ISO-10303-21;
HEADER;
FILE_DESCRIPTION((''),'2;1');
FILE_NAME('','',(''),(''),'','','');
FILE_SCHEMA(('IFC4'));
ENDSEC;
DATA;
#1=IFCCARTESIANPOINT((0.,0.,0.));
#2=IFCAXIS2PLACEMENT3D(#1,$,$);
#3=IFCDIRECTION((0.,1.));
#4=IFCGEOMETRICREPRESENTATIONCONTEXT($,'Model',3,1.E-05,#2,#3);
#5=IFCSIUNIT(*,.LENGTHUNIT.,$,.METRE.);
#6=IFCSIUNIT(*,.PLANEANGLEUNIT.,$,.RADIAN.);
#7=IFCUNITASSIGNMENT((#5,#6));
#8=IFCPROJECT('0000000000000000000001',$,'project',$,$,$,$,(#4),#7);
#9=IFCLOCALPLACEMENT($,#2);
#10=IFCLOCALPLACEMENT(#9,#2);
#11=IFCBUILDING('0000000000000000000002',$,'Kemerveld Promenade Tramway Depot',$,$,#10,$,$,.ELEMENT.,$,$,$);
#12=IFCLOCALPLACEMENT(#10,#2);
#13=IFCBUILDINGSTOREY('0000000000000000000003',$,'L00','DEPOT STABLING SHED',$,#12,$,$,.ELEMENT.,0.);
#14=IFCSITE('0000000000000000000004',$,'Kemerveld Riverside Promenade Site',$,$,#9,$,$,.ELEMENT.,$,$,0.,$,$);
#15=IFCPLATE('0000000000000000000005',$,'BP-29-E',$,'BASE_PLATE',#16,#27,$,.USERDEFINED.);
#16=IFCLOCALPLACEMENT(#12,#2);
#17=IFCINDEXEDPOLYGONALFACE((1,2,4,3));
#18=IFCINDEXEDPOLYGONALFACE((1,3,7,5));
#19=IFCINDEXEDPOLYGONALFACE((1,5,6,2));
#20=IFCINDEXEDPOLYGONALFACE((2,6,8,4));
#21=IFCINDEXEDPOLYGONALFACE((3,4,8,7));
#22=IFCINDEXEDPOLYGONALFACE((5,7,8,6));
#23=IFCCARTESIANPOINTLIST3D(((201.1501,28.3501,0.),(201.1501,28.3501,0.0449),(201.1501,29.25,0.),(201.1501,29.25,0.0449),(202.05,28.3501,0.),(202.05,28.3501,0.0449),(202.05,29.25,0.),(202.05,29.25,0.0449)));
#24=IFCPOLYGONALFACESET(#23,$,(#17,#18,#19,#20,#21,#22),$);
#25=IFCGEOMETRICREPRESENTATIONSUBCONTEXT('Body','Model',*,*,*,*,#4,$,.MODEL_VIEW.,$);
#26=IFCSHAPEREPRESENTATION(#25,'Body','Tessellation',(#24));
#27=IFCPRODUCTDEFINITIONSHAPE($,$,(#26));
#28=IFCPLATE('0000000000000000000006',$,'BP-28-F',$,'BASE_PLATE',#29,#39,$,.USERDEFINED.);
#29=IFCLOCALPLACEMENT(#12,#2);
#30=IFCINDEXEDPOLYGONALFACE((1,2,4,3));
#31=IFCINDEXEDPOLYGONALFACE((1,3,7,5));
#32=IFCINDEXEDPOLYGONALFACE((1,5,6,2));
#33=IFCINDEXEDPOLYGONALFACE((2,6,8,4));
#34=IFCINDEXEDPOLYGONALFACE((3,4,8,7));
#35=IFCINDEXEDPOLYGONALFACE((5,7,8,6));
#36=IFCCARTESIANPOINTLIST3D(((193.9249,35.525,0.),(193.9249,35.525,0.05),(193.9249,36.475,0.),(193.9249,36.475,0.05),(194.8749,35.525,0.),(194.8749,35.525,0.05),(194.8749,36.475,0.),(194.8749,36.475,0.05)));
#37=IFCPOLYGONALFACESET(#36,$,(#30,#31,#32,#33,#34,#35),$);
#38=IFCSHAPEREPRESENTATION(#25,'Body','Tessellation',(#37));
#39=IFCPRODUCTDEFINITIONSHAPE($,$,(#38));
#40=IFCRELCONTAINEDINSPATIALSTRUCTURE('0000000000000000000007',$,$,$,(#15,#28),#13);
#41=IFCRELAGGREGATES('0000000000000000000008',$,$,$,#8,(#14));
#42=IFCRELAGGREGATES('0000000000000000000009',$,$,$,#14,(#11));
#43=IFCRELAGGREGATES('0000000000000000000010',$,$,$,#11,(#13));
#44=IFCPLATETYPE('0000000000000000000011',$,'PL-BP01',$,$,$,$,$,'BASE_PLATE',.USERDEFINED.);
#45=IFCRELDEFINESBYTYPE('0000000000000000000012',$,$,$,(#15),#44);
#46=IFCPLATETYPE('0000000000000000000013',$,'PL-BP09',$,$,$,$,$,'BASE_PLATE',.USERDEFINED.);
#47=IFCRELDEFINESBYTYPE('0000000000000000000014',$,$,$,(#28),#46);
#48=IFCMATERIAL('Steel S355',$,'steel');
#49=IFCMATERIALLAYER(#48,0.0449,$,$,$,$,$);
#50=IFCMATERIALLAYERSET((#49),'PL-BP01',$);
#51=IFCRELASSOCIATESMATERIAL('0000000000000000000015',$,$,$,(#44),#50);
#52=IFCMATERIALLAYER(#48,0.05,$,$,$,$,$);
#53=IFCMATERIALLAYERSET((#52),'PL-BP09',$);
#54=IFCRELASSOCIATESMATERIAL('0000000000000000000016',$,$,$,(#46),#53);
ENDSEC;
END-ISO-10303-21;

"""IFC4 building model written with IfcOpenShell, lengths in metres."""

from ifc_helpers import new_model, si_unit, direction, frame, origin, origin_2d, place, context, subcontext, project, spatial, rectangle, extrude, material, layer, layer_set, type_object, element, save


model = new_model("IFC4")

# Units and contexts
model_context = context("Model", 3, precision=1e-05, world=origin(), true_north=direction((0.0, 1.0)))
body_context = subcontext(model_context, "Body", "Model", "MODEL_VIEW")
ifc_project = project(units=[si_unit("LENGTHUNIT", "METRE"), si_unit("PLANEANGLEUNIT", "RADIAN")], contexts=[model_context])

# Site, building, storey
site_placement = place(None, origin())
site = spatial("IfcSite", under=ifc_project, at=site_placement, Name="Kemerveld Riverside Promenade Site", CompositionType="ELEMENT", RefElevation=0.0)
building_placement = place(site_placement, origin())
building = spatial("IfcBuilding", under=site, at=building_placement, Name="Kemerveld Promenade Tramway Depot", CompositionType="ELEMENT")
storey_placement = place(building_placement, origin())
storey = spatial("IfcBuildingStorey", under=building, at=storey_placement, Name="L00", Description="DEPOT STABLING SHED", CompositionType="ELEMENT", Elevation=0.0)

# Shared definitions
ifc_material_1 = material(Name="Steel S355", Category="steel")

# Plates
ifc_layer_1 = layer(ifc_material_1, 0.0449)
ifc_layer_set_1 = layer_set([ifc_layer_1], Name="PL-BP01")
plate_type_1 = type_object("IfcPlateType", Name="PL-BP01", ElementType="BASE_PLATE", PredefinedType="USERDEFINED", material=ifc_layer_set_1)
plate_1_placement = place(storey_placement, frame((201.6001, 28.8, 0.0), z_axis=(0.0, 0.0, 1.0), x_axis=(1.0, 0.0, 0.0)))
element("IfcPlate", 1, at=plate_1_placement, inside=storey, type_object=plate_type_1, Name="BP-29-E", ObjectType="BASE_PLATE", PredefinedType="USERDEFINED", context=body_context, shape_type="SweptSolid", body=[
    extrude(rectangle(XDim=0.8999, YDim=0.8999, at=origin_2d()), origin(), (0.0, 0.0, 1.0), 0.0449),
])
ifc_layer_2 = layer(ifc_material_1, 0.05)
ifc_layer_set_2 = layer_set([ifc_layer_2], Name="PL-BP09")
plate_type_2 = type_object("IfcPlateType", Name="PL-BP09", ElementType="BASE_PLATE", PredefinedType="USERDEFINED", material=ifc_layer_set_2)
plate_2_placement = place(storey_placement, frame((194.3999, 36.0, 0.0), z_axis=(0.0, 0.0, 1.0), x_axis=(1.0, 0.0, 0.0)))
element("IfcPlate", 2, at=plate_2_placement, inside=storey, type_object=plate_type_2, Name="BP-28-F", ObjectType="BASE_PLATE", PredefinedType="USERDEFINED", context=body_context, shape_type="SweptSolid", body=[
    extrude(rectangle(XDim=0.95, YDim=0.95, at=origin_2d()), origin(), (0.0, 0.0, 1.0), 0.05),
])

save(model, "model.ifc")
